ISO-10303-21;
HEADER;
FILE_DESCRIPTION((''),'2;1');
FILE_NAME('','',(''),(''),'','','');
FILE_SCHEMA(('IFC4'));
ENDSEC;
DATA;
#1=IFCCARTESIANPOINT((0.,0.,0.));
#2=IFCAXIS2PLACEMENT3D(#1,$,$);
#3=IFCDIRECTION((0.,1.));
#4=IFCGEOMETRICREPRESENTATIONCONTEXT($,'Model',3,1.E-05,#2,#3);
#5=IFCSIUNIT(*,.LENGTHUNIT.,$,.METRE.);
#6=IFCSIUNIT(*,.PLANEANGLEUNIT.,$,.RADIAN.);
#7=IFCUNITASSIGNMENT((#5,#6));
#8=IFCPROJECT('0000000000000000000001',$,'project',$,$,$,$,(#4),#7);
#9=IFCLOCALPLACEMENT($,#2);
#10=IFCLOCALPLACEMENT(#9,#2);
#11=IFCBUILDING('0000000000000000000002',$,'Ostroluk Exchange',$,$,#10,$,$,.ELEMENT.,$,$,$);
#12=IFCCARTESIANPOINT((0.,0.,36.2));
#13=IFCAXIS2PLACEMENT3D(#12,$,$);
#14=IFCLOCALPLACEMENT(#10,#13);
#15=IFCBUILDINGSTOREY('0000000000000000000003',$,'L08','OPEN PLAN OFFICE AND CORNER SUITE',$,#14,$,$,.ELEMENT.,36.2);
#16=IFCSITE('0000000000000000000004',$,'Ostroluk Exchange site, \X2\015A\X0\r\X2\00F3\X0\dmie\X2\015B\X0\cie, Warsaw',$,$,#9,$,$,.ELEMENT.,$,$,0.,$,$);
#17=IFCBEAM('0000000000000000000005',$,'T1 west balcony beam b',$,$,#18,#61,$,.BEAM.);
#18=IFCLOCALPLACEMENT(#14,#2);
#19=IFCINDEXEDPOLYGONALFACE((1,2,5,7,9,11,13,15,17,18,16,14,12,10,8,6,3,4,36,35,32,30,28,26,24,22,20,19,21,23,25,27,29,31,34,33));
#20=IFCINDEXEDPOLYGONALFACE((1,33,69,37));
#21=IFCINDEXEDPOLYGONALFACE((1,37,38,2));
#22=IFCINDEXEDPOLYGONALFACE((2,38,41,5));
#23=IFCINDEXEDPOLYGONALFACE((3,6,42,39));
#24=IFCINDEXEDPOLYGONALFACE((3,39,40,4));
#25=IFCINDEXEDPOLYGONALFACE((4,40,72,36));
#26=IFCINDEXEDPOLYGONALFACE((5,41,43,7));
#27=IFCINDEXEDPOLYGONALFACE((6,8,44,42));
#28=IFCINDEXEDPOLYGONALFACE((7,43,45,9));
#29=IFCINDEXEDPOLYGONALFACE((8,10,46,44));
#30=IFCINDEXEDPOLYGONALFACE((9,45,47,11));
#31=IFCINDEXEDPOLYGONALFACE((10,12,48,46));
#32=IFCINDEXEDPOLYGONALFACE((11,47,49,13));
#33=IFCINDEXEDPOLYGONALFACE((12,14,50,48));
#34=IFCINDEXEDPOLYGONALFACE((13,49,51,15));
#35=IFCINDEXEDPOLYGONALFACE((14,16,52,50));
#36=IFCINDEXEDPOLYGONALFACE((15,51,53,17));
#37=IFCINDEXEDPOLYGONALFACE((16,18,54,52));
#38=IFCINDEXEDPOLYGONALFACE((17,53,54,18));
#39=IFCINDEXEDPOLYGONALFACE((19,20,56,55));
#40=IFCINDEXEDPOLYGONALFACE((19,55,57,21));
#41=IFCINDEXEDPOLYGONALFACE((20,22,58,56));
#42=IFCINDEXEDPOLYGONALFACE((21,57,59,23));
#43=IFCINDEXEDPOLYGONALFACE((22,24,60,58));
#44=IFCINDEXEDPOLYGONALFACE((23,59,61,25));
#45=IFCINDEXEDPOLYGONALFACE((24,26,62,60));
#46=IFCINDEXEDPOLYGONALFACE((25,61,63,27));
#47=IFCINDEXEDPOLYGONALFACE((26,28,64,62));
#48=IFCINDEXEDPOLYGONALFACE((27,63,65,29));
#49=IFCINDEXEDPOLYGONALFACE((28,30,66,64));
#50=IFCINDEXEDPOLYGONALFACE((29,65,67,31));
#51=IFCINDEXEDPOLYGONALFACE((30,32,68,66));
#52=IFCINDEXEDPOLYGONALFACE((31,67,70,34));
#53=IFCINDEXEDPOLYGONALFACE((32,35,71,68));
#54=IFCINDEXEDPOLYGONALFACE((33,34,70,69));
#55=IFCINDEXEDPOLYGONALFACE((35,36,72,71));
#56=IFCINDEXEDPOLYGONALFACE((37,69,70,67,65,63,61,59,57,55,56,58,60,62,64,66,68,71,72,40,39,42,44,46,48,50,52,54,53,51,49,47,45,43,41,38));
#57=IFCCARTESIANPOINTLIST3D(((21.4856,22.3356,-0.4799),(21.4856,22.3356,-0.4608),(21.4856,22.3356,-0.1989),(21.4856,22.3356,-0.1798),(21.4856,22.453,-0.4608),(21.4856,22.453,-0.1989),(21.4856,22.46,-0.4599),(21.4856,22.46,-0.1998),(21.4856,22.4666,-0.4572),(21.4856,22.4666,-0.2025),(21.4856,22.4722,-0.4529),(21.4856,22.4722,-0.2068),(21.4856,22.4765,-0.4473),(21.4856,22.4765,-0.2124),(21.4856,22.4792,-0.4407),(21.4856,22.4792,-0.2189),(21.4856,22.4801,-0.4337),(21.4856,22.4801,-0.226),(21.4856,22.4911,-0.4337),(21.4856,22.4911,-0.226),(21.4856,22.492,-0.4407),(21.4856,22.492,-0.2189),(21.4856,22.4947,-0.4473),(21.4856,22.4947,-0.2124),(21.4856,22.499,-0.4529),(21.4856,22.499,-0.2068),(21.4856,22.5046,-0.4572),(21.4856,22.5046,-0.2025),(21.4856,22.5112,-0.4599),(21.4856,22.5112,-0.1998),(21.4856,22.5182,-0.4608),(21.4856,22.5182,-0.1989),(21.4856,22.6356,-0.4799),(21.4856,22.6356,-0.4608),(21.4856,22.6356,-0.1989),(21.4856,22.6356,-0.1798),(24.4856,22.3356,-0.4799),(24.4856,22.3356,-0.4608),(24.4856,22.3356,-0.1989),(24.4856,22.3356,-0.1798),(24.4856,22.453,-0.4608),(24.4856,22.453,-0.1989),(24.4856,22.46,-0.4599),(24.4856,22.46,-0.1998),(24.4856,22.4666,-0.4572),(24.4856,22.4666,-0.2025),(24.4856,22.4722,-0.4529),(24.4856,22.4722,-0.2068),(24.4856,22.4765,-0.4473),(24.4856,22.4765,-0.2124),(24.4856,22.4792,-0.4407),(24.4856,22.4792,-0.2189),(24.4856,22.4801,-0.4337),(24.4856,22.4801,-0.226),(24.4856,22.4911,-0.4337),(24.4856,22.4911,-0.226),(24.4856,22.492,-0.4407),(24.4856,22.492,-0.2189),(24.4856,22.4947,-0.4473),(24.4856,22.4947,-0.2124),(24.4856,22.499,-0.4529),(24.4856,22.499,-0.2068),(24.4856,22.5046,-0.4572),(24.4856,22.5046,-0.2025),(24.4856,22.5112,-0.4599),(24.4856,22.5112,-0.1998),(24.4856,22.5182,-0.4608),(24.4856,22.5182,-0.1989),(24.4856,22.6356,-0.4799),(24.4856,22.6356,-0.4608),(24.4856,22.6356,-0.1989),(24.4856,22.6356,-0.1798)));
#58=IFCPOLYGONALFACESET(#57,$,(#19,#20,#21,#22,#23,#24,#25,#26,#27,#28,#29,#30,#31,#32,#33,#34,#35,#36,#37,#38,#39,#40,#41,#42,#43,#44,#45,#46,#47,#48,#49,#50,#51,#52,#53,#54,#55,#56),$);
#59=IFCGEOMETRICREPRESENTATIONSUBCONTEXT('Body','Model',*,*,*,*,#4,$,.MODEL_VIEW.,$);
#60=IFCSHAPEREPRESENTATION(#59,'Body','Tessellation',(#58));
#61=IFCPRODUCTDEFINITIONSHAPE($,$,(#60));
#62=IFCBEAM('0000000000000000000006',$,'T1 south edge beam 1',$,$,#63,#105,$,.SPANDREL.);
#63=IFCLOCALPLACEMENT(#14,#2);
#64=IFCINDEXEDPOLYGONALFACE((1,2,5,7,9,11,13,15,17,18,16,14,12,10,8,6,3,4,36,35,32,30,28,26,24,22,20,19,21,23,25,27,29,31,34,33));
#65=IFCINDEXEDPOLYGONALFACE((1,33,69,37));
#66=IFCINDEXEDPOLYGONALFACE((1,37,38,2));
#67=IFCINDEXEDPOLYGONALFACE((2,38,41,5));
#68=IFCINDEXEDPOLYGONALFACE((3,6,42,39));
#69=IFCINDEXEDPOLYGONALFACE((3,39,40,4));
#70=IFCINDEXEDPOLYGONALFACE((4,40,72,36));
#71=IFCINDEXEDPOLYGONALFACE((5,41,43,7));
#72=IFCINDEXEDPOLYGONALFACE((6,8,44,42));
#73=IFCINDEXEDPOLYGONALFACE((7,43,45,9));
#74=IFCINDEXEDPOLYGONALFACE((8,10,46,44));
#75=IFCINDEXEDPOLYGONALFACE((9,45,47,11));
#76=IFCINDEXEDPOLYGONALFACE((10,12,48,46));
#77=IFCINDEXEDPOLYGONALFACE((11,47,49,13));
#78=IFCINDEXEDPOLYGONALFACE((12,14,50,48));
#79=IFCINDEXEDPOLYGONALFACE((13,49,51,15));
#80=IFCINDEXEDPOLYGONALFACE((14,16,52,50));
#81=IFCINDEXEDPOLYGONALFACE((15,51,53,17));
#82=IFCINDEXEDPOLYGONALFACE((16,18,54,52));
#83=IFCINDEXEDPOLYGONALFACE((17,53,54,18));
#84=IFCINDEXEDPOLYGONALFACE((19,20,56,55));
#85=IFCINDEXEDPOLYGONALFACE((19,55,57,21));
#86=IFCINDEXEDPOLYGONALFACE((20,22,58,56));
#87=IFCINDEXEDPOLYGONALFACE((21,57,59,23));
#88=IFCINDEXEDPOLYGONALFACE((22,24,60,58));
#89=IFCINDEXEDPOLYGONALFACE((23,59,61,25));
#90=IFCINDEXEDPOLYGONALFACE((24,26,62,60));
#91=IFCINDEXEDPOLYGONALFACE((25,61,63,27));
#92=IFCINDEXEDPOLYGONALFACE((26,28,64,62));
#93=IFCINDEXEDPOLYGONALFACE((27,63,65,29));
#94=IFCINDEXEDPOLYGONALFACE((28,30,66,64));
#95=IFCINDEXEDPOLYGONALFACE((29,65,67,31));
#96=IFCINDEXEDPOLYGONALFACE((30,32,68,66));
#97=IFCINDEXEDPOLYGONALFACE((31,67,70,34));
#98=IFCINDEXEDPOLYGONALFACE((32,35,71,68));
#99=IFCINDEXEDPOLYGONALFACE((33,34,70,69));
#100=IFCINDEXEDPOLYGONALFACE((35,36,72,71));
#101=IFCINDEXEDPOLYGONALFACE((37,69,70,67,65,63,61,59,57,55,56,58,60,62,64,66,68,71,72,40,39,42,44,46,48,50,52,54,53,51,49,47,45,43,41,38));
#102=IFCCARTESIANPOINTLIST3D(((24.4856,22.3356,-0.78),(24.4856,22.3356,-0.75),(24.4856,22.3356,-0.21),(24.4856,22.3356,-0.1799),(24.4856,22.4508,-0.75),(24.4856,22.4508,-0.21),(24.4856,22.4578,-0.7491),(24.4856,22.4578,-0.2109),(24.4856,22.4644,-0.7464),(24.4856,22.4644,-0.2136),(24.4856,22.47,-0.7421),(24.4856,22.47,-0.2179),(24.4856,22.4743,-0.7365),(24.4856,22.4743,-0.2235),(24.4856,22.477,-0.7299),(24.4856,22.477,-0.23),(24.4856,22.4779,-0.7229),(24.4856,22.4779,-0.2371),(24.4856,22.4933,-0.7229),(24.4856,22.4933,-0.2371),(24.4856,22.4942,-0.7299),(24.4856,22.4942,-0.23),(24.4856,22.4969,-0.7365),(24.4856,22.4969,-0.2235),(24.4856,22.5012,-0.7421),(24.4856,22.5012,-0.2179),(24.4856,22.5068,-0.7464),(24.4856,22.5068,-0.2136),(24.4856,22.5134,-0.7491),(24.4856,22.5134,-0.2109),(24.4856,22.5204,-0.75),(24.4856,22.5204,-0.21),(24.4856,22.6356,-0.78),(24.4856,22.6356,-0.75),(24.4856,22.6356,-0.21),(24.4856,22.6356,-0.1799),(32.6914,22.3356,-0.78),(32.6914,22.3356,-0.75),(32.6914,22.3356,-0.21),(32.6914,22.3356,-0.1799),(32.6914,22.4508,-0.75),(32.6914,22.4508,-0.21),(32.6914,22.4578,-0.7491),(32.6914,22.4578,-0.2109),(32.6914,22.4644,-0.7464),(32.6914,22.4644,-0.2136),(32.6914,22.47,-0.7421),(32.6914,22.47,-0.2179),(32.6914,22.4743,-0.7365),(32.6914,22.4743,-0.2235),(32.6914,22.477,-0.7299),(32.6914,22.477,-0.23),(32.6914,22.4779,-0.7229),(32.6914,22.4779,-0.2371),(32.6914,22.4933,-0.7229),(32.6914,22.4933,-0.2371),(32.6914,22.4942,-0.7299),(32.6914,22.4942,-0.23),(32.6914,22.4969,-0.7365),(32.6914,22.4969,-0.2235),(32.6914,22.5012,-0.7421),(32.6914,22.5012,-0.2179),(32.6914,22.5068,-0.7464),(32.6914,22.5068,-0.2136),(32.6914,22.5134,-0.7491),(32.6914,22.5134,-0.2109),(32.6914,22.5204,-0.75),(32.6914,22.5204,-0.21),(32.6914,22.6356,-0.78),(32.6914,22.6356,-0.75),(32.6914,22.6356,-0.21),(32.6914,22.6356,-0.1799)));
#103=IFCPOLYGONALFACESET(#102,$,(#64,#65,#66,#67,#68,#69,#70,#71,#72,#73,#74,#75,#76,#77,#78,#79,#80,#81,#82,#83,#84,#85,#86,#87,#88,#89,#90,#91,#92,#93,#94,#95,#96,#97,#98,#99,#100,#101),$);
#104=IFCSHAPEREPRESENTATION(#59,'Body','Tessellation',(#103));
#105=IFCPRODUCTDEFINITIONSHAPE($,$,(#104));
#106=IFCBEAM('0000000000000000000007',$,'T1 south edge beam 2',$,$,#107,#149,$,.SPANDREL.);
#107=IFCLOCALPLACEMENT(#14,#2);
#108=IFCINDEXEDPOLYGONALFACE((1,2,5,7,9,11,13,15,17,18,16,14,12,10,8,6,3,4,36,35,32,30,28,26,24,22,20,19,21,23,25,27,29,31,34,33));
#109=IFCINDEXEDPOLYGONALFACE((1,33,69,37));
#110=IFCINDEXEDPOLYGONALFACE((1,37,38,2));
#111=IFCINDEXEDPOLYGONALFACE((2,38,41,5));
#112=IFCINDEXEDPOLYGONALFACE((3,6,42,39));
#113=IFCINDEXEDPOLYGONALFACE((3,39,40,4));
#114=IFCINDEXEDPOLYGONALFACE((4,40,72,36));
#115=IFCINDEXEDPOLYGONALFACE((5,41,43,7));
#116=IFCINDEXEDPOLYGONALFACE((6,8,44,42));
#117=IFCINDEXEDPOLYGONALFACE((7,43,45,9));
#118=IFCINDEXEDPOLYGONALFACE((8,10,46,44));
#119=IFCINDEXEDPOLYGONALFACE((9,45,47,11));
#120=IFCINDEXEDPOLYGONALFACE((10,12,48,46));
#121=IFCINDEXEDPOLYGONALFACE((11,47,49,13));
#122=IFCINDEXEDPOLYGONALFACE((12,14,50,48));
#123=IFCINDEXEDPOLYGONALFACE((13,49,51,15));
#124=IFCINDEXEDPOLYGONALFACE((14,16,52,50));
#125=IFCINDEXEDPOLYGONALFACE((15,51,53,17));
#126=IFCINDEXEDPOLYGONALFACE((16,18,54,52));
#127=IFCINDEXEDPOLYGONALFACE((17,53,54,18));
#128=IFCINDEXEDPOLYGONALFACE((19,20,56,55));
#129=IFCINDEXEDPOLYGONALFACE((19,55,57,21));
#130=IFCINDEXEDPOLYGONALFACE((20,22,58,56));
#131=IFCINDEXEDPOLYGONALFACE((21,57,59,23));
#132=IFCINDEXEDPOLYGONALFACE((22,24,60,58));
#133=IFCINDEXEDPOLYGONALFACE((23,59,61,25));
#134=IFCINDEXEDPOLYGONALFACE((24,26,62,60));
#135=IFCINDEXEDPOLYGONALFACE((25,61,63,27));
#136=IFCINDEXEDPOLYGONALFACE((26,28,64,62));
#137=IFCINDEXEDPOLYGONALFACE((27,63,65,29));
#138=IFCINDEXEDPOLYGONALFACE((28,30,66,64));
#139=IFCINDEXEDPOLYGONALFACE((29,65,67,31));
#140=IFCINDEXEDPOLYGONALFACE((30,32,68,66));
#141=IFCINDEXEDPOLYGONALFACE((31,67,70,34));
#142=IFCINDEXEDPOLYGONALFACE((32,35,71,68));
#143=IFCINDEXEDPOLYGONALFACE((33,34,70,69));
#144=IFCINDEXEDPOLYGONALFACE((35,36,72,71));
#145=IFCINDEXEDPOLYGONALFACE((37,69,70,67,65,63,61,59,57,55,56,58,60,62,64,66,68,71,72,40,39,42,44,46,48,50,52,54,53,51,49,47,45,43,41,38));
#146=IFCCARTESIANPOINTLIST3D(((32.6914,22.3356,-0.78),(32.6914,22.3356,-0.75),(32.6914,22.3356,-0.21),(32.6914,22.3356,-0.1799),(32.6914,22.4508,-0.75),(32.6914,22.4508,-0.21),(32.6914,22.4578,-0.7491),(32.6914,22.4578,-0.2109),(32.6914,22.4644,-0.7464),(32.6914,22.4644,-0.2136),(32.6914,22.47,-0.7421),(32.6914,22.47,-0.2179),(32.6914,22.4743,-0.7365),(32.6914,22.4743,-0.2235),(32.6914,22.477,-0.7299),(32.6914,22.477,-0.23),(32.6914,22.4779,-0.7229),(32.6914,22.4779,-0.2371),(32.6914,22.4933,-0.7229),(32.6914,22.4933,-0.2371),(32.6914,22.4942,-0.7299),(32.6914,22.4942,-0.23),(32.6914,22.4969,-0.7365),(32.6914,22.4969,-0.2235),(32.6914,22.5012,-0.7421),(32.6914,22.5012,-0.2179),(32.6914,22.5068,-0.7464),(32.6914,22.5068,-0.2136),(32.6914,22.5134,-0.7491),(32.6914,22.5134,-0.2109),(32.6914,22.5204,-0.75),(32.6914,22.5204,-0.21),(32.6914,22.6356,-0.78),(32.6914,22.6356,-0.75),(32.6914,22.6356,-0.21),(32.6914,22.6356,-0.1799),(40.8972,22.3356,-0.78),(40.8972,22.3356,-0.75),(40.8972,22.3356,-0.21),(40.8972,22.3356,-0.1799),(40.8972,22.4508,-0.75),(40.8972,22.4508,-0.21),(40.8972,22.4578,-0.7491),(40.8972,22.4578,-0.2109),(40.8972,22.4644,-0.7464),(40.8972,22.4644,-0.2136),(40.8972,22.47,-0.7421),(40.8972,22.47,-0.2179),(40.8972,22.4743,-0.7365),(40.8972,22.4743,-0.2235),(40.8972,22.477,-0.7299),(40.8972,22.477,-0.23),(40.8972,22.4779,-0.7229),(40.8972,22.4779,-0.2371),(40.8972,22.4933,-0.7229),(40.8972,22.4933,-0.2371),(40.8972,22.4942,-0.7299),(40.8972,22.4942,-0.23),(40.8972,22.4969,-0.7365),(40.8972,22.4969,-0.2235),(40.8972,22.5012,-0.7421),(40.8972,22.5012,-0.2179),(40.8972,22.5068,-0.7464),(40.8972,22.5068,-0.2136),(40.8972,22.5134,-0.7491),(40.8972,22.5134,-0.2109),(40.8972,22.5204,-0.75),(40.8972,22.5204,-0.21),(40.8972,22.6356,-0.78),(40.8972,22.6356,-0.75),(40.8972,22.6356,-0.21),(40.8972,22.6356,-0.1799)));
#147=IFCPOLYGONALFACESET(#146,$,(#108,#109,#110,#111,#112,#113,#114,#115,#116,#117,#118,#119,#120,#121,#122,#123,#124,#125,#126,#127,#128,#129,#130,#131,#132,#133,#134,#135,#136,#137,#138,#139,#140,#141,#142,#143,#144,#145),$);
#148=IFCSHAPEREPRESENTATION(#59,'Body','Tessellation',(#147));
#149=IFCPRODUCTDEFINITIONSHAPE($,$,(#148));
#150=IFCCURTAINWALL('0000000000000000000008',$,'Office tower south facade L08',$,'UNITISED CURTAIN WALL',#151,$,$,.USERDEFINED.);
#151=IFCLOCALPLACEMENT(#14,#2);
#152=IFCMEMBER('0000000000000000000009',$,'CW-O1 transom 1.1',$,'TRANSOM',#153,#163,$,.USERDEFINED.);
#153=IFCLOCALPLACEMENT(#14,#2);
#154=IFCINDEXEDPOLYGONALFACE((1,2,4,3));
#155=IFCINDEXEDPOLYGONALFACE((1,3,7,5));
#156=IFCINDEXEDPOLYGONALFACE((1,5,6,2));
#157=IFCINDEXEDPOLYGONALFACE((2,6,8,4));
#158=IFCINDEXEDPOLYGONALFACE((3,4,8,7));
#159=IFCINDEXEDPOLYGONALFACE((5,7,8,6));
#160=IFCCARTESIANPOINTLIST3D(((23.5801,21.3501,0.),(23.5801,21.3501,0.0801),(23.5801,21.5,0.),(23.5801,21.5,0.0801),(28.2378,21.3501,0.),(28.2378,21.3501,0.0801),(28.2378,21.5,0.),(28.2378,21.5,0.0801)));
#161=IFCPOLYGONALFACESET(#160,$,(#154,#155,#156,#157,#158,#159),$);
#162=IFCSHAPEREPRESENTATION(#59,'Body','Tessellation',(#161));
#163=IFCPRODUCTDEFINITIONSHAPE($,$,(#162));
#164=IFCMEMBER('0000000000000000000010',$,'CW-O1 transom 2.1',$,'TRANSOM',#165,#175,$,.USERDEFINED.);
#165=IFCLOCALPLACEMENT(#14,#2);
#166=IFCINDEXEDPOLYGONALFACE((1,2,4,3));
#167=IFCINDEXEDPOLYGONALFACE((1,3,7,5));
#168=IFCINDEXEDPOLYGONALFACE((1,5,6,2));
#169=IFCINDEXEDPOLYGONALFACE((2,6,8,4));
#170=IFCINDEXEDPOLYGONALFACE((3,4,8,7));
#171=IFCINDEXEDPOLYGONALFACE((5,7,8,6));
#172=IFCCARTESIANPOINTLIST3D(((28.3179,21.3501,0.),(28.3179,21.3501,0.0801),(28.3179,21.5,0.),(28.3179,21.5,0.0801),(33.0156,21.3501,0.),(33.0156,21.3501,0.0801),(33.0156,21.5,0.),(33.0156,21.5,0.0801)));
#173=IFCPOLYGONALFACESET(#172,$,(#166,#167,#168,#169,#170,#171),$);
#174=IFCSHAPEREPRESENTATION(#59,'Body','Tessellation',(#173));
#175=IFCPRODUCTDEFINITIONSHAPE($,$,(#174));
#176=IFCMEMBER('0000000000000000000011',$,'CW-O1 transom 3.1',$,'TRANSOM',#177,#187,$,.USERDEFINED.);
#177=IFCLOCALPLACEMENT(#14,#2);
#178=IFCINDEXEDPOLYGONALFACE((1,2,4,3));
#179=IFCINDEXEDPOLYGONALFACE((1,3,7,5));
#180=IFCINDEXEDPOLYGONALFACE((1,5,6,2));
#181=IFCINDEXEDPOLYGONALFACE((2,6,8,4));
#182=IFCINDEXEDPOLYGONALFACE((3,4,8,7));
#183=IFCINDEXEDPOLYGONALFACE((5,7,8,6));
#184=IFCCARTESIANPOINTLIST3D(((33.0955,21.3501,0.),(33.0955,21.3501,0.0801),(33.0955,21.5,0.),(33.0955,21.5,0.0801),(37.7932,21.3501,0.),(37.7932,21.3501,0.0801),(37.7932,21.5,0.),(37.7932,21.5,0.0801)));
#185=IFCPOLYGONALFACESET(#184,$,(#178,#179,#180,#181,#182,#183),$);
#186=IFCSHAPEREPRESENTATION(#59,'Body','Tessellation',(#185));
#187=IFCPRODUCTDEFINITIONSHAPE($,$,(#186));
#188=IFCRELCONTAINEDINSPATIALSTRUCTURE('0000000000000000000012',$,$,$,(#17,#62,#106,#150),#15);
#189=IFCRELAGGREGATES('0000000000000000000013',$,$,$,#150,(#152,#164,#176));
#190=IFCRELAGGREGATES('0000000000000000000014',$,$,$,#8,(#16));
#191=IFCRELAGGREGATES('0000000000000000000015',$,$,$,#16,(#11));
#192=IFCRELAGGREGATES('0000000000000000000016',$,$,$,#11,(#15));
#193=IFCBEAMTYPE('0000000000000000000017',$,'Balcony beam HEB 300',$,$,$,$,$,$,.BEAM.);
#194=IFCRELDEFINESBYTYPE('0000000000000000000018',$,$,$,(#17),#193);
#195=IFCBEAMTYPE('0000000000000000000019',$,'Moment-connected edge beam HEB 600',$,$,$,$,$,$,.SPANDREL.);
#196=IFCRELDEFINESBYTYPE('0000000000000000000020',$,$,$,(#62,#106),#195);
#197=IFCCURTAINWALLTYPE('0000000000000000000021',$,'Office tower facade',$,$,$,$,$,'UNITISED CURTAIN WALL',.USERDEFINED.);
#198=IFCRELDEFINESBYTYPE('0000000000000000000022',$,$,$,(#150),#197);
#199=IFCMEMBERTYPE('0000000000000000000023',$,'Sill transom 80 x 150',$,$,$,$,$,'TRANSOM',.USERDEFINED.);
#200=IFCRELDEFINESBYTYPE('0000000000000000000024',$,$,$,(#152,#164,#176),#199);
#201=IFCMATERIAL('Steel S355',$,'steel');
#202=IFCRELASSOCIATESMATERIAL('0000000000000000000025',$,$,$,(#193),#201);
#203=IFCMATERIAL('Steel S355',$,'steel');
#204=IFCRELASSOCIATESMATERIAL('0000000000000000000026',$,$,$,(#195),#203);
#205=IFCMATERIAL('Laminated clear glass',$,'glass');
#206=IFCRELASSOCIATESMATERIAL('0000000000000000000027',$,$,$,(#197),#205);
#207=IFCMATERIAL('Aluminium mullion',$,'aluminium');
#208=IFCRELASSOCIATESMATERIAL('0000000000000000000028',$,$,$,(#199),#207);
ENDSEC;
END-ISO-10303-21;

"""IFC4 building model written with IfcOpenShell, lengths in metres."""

from ifc_helpers import new_model, si_unit, direction, frame, origin, origin_2d, place, context, subcontext, project, spatial, rectangle, i_section, extrude, material, material_profile, profile_set, type_object, element, aggregate, save


model = new_model("IFC4")

# Units and contexts
model_context = context("Model", 3, precision=1e-05, world=origin(), true_north=direction((0.0, 1.0)))
body_context = subcontext(model_context, "Body", "Model", "MODEL_VIEW")
ifc_project = project(units=[si_unit("LENGTHUNIT", "METRE"), si_unit("PLANEANGLEUNIT", "RADIAN")], contexts=[model_context])

# Site, building, storey
site_placement = place(None, origin())
site = spatial("IfcSite", under=ifc_project, at=site_placement, Name="Ostroluk Exchange site, Śródmieście, Warsaw", CompositionType="ELEMENT", RefElevation=0.0)
building_placement = place(site_placement, origin())
building = spatial("IfcBuilding", under=site, at=building_placement, Name="Ostroluk Exchange", CompositionType="ELEMENT")
storey_placement = place(building_placement, frame((0.0, 0.0, 36.2)))
storey = spatial("IfcBuildingStorey", under=building, at=storey_placement, Name="L08", Description="OPEN PLAN OFFICE AND CORNER SUITE", CompositionType="ELEMENT", Elevation=36.2)

# Beams
ifc_material_1 = material(Name="Steel S355", Category="steel")
ifc_material_profile_1 = material_profile(ifc_material_1, i_section(OverallWidth=0.3, OverallDepth=0.3, WebThickness=0.011, FlangeThickness=0.019, FilletRadius=0.0271, at=origin_2d()), Name="HEB 300")
ifc_profile_set_1 = profile_set([ifc_material_profile_1], Name="Steel S355")
beam_type_1 = type_object("IfcBeamType", Name="Balcony beam HEB 300", PredefinedType="BEAM", material=ifc_profile_set_1)
beam_placement = place(storey_placement, frame((24.4856, 22.4856, -0.3298), z_axis=(-1.0, 0.0, 0.0), x_axis=(0.0, -1.0, 0.0)))
element("IfcBeam", 1, at=beam_placement, inside=storey, type_object=beam_type_1, Name="T1 west balcony beam b", PredefinedType="BEAM", context=body_context, shape_type="SweptSolid", body=[
    extrude(i_section(OverallWidth=0.3, OverallDepth=0.3, WebThickness=0.011, FlangeThickness=0.019, FilletRadius=0.0271, at=origin_2d()), origin(), (0.0, 0.0, 1.0), 3.0),
])
ifc_material_2 = material(Name="Steel S355", Category="steel")
ifc_material_profile_2 = material_profile(ifc_material_2, i_section(OverallWidth=0.3, OverallDepth=0.6001, WebThickness=0.0154, FlangeThickness=0.03, FilletRadius=0.0271, at=origin_2d()), Name="HEB 600")
ifc_profile_set_2 = profile_set([ifc_material_profile_2], Name="Steel S355")
beam_type_2 = type_object("IfcBeamType", Name="Moment-connected edge beam HEB 600", PredefinedType="SPANDREL", material=ifc_profile_set_2)
for number, where, z_axis, x_axis, name in (
    (2, (24.4856, 22.4856, -0.48), (1.0, 0.0, 0.0), (0.0, 1.0, 0.0), "T1 south edge beam 1"),
    (3, (32.6914, 22.4856, -0.48), (1.0, 0.0, 0.0), (0.0, 1.0, 0.0), "T1 south edge beam 2"),
):
    element("IfcBeam", number, at=place(storey_placement, frame(where, z_axis=z_axis, x_axis=x_axis)), inside=storey, type_object=beam_type_2, Name=name, PredefinedType="SPANDREL", context=body_context, shape_type="SweptSolid", body=[
        extrude(i_section(OverallWidth=0.3, OverallDepth=0.6001, WebThickness=0.0154, FlangeThickness=0.03, FilletRadius=0.0271, at=origin_2d()), origin(), (0.0, 0.0, 1.0), 8.2058),
    ])

# Curtain wall, members
ifc_material_3 = material(Name="Laminated clear glass", Category="glass")
curtain_wall_type = type_object("IfcCurtainWallType", Name="Office tower facade", ElementType="UNITISED CURTAIN WALL", PredefinedType="USERDEFINED", material=ifc_material_3)
curtain_wall_placement = place(storey_placement, origin())
curtain_wall = element("IfcCurtainWall", 4, at=curtain_wall_placement, inside=storey, type_object=curtain_wall_type, Name="Office tower south facade L08", ObjectType="UNITISED CURTAIN WALL", PredefinedType="USERDEFINED")
ifc_material_4 = material(Name="Aluminium mullion", Category="aluminium")
ifc_material_profile_3 = material_profile(ifc_material_4, rectangle(XDim=0.1499, YDim=0.0801, at=origin_2d()), Name="Sill transom 80 x 150")
ifc_profile_set_3 = profile_set([ifc_material_profile_3], Name="Aluminium mullion")
member_type_1 = type_object("IfcMemberType", Name="Sill transom 80 x 150", ElementType="TRANSOM", PredefinedType="USERDEFINED", material=ifc_profile_set_3)
member_1_placement = place(storey_placement, frame((23.5801, 21.425, 0.04), z_axis=(1.0, 0.0, 0.0), x_axis=(0.0, 1.0, 0.0)))
member_1 = element("IfcMember", 5, at=member_1_placement, type_object=member_type_1, Name="CW-O1 transom 1.1", ObjectType="TRANSOM", PredefinedType="USERDEFINED", context=body_context, shape_type="SweptSolid", body=[
    extrude(rectangle(XDim=0.1499, YDim=0.0801, at=origin_2d()), origin(), (0.0, 0.0, 1.0), 4.6577),
])
member_2_placement = place(storey_placement, frame((28.3179, 21.425, 0.04), z_axis=(1.0, 0.0, 0.0), x_axis=(0.0, 1.0, 0.0)))
member_2 = element("IfcMember", 6, at=member_2_placement, type_object=member_type_1, Name="CW-O1 transom 2.1", ObjectType="TRANSOM", PredefinedType="USERDEFINED", context=body_context, shape_type="SweptSolid", body=[
    extrude(rectangle(XDim=0.1499, YDim=0.0801, at=origin_2d()), origin(), (0.0, 0.0, 1.0), 4.6978),
])
member_3_placement = place(storey_placement, frame((33.0955, 21.425, 0.04), z_axis=(1.0, 0.0, 0.0), x_axis=(0.0, 1.0, 0.0)))
member_3 = element("IfcMember", 7, at=member_3_placement, type_object=member_type_1, Name="CW-O1 transom 3.1", ObjectType="TRANSOM", PredefinedType="USERDEFINED", context=body_context, shape_type="SweptSolid", body=[
    extrude(rectangle(XDim=0.1499, YDim=0.0801, at=origin_2d()), origin(), (0.0, 0.0, 1.0), 4.6978),
])

aggregate(curtain_wall, [member_1, member_2, member_3])

save(model, "model.ifc")
